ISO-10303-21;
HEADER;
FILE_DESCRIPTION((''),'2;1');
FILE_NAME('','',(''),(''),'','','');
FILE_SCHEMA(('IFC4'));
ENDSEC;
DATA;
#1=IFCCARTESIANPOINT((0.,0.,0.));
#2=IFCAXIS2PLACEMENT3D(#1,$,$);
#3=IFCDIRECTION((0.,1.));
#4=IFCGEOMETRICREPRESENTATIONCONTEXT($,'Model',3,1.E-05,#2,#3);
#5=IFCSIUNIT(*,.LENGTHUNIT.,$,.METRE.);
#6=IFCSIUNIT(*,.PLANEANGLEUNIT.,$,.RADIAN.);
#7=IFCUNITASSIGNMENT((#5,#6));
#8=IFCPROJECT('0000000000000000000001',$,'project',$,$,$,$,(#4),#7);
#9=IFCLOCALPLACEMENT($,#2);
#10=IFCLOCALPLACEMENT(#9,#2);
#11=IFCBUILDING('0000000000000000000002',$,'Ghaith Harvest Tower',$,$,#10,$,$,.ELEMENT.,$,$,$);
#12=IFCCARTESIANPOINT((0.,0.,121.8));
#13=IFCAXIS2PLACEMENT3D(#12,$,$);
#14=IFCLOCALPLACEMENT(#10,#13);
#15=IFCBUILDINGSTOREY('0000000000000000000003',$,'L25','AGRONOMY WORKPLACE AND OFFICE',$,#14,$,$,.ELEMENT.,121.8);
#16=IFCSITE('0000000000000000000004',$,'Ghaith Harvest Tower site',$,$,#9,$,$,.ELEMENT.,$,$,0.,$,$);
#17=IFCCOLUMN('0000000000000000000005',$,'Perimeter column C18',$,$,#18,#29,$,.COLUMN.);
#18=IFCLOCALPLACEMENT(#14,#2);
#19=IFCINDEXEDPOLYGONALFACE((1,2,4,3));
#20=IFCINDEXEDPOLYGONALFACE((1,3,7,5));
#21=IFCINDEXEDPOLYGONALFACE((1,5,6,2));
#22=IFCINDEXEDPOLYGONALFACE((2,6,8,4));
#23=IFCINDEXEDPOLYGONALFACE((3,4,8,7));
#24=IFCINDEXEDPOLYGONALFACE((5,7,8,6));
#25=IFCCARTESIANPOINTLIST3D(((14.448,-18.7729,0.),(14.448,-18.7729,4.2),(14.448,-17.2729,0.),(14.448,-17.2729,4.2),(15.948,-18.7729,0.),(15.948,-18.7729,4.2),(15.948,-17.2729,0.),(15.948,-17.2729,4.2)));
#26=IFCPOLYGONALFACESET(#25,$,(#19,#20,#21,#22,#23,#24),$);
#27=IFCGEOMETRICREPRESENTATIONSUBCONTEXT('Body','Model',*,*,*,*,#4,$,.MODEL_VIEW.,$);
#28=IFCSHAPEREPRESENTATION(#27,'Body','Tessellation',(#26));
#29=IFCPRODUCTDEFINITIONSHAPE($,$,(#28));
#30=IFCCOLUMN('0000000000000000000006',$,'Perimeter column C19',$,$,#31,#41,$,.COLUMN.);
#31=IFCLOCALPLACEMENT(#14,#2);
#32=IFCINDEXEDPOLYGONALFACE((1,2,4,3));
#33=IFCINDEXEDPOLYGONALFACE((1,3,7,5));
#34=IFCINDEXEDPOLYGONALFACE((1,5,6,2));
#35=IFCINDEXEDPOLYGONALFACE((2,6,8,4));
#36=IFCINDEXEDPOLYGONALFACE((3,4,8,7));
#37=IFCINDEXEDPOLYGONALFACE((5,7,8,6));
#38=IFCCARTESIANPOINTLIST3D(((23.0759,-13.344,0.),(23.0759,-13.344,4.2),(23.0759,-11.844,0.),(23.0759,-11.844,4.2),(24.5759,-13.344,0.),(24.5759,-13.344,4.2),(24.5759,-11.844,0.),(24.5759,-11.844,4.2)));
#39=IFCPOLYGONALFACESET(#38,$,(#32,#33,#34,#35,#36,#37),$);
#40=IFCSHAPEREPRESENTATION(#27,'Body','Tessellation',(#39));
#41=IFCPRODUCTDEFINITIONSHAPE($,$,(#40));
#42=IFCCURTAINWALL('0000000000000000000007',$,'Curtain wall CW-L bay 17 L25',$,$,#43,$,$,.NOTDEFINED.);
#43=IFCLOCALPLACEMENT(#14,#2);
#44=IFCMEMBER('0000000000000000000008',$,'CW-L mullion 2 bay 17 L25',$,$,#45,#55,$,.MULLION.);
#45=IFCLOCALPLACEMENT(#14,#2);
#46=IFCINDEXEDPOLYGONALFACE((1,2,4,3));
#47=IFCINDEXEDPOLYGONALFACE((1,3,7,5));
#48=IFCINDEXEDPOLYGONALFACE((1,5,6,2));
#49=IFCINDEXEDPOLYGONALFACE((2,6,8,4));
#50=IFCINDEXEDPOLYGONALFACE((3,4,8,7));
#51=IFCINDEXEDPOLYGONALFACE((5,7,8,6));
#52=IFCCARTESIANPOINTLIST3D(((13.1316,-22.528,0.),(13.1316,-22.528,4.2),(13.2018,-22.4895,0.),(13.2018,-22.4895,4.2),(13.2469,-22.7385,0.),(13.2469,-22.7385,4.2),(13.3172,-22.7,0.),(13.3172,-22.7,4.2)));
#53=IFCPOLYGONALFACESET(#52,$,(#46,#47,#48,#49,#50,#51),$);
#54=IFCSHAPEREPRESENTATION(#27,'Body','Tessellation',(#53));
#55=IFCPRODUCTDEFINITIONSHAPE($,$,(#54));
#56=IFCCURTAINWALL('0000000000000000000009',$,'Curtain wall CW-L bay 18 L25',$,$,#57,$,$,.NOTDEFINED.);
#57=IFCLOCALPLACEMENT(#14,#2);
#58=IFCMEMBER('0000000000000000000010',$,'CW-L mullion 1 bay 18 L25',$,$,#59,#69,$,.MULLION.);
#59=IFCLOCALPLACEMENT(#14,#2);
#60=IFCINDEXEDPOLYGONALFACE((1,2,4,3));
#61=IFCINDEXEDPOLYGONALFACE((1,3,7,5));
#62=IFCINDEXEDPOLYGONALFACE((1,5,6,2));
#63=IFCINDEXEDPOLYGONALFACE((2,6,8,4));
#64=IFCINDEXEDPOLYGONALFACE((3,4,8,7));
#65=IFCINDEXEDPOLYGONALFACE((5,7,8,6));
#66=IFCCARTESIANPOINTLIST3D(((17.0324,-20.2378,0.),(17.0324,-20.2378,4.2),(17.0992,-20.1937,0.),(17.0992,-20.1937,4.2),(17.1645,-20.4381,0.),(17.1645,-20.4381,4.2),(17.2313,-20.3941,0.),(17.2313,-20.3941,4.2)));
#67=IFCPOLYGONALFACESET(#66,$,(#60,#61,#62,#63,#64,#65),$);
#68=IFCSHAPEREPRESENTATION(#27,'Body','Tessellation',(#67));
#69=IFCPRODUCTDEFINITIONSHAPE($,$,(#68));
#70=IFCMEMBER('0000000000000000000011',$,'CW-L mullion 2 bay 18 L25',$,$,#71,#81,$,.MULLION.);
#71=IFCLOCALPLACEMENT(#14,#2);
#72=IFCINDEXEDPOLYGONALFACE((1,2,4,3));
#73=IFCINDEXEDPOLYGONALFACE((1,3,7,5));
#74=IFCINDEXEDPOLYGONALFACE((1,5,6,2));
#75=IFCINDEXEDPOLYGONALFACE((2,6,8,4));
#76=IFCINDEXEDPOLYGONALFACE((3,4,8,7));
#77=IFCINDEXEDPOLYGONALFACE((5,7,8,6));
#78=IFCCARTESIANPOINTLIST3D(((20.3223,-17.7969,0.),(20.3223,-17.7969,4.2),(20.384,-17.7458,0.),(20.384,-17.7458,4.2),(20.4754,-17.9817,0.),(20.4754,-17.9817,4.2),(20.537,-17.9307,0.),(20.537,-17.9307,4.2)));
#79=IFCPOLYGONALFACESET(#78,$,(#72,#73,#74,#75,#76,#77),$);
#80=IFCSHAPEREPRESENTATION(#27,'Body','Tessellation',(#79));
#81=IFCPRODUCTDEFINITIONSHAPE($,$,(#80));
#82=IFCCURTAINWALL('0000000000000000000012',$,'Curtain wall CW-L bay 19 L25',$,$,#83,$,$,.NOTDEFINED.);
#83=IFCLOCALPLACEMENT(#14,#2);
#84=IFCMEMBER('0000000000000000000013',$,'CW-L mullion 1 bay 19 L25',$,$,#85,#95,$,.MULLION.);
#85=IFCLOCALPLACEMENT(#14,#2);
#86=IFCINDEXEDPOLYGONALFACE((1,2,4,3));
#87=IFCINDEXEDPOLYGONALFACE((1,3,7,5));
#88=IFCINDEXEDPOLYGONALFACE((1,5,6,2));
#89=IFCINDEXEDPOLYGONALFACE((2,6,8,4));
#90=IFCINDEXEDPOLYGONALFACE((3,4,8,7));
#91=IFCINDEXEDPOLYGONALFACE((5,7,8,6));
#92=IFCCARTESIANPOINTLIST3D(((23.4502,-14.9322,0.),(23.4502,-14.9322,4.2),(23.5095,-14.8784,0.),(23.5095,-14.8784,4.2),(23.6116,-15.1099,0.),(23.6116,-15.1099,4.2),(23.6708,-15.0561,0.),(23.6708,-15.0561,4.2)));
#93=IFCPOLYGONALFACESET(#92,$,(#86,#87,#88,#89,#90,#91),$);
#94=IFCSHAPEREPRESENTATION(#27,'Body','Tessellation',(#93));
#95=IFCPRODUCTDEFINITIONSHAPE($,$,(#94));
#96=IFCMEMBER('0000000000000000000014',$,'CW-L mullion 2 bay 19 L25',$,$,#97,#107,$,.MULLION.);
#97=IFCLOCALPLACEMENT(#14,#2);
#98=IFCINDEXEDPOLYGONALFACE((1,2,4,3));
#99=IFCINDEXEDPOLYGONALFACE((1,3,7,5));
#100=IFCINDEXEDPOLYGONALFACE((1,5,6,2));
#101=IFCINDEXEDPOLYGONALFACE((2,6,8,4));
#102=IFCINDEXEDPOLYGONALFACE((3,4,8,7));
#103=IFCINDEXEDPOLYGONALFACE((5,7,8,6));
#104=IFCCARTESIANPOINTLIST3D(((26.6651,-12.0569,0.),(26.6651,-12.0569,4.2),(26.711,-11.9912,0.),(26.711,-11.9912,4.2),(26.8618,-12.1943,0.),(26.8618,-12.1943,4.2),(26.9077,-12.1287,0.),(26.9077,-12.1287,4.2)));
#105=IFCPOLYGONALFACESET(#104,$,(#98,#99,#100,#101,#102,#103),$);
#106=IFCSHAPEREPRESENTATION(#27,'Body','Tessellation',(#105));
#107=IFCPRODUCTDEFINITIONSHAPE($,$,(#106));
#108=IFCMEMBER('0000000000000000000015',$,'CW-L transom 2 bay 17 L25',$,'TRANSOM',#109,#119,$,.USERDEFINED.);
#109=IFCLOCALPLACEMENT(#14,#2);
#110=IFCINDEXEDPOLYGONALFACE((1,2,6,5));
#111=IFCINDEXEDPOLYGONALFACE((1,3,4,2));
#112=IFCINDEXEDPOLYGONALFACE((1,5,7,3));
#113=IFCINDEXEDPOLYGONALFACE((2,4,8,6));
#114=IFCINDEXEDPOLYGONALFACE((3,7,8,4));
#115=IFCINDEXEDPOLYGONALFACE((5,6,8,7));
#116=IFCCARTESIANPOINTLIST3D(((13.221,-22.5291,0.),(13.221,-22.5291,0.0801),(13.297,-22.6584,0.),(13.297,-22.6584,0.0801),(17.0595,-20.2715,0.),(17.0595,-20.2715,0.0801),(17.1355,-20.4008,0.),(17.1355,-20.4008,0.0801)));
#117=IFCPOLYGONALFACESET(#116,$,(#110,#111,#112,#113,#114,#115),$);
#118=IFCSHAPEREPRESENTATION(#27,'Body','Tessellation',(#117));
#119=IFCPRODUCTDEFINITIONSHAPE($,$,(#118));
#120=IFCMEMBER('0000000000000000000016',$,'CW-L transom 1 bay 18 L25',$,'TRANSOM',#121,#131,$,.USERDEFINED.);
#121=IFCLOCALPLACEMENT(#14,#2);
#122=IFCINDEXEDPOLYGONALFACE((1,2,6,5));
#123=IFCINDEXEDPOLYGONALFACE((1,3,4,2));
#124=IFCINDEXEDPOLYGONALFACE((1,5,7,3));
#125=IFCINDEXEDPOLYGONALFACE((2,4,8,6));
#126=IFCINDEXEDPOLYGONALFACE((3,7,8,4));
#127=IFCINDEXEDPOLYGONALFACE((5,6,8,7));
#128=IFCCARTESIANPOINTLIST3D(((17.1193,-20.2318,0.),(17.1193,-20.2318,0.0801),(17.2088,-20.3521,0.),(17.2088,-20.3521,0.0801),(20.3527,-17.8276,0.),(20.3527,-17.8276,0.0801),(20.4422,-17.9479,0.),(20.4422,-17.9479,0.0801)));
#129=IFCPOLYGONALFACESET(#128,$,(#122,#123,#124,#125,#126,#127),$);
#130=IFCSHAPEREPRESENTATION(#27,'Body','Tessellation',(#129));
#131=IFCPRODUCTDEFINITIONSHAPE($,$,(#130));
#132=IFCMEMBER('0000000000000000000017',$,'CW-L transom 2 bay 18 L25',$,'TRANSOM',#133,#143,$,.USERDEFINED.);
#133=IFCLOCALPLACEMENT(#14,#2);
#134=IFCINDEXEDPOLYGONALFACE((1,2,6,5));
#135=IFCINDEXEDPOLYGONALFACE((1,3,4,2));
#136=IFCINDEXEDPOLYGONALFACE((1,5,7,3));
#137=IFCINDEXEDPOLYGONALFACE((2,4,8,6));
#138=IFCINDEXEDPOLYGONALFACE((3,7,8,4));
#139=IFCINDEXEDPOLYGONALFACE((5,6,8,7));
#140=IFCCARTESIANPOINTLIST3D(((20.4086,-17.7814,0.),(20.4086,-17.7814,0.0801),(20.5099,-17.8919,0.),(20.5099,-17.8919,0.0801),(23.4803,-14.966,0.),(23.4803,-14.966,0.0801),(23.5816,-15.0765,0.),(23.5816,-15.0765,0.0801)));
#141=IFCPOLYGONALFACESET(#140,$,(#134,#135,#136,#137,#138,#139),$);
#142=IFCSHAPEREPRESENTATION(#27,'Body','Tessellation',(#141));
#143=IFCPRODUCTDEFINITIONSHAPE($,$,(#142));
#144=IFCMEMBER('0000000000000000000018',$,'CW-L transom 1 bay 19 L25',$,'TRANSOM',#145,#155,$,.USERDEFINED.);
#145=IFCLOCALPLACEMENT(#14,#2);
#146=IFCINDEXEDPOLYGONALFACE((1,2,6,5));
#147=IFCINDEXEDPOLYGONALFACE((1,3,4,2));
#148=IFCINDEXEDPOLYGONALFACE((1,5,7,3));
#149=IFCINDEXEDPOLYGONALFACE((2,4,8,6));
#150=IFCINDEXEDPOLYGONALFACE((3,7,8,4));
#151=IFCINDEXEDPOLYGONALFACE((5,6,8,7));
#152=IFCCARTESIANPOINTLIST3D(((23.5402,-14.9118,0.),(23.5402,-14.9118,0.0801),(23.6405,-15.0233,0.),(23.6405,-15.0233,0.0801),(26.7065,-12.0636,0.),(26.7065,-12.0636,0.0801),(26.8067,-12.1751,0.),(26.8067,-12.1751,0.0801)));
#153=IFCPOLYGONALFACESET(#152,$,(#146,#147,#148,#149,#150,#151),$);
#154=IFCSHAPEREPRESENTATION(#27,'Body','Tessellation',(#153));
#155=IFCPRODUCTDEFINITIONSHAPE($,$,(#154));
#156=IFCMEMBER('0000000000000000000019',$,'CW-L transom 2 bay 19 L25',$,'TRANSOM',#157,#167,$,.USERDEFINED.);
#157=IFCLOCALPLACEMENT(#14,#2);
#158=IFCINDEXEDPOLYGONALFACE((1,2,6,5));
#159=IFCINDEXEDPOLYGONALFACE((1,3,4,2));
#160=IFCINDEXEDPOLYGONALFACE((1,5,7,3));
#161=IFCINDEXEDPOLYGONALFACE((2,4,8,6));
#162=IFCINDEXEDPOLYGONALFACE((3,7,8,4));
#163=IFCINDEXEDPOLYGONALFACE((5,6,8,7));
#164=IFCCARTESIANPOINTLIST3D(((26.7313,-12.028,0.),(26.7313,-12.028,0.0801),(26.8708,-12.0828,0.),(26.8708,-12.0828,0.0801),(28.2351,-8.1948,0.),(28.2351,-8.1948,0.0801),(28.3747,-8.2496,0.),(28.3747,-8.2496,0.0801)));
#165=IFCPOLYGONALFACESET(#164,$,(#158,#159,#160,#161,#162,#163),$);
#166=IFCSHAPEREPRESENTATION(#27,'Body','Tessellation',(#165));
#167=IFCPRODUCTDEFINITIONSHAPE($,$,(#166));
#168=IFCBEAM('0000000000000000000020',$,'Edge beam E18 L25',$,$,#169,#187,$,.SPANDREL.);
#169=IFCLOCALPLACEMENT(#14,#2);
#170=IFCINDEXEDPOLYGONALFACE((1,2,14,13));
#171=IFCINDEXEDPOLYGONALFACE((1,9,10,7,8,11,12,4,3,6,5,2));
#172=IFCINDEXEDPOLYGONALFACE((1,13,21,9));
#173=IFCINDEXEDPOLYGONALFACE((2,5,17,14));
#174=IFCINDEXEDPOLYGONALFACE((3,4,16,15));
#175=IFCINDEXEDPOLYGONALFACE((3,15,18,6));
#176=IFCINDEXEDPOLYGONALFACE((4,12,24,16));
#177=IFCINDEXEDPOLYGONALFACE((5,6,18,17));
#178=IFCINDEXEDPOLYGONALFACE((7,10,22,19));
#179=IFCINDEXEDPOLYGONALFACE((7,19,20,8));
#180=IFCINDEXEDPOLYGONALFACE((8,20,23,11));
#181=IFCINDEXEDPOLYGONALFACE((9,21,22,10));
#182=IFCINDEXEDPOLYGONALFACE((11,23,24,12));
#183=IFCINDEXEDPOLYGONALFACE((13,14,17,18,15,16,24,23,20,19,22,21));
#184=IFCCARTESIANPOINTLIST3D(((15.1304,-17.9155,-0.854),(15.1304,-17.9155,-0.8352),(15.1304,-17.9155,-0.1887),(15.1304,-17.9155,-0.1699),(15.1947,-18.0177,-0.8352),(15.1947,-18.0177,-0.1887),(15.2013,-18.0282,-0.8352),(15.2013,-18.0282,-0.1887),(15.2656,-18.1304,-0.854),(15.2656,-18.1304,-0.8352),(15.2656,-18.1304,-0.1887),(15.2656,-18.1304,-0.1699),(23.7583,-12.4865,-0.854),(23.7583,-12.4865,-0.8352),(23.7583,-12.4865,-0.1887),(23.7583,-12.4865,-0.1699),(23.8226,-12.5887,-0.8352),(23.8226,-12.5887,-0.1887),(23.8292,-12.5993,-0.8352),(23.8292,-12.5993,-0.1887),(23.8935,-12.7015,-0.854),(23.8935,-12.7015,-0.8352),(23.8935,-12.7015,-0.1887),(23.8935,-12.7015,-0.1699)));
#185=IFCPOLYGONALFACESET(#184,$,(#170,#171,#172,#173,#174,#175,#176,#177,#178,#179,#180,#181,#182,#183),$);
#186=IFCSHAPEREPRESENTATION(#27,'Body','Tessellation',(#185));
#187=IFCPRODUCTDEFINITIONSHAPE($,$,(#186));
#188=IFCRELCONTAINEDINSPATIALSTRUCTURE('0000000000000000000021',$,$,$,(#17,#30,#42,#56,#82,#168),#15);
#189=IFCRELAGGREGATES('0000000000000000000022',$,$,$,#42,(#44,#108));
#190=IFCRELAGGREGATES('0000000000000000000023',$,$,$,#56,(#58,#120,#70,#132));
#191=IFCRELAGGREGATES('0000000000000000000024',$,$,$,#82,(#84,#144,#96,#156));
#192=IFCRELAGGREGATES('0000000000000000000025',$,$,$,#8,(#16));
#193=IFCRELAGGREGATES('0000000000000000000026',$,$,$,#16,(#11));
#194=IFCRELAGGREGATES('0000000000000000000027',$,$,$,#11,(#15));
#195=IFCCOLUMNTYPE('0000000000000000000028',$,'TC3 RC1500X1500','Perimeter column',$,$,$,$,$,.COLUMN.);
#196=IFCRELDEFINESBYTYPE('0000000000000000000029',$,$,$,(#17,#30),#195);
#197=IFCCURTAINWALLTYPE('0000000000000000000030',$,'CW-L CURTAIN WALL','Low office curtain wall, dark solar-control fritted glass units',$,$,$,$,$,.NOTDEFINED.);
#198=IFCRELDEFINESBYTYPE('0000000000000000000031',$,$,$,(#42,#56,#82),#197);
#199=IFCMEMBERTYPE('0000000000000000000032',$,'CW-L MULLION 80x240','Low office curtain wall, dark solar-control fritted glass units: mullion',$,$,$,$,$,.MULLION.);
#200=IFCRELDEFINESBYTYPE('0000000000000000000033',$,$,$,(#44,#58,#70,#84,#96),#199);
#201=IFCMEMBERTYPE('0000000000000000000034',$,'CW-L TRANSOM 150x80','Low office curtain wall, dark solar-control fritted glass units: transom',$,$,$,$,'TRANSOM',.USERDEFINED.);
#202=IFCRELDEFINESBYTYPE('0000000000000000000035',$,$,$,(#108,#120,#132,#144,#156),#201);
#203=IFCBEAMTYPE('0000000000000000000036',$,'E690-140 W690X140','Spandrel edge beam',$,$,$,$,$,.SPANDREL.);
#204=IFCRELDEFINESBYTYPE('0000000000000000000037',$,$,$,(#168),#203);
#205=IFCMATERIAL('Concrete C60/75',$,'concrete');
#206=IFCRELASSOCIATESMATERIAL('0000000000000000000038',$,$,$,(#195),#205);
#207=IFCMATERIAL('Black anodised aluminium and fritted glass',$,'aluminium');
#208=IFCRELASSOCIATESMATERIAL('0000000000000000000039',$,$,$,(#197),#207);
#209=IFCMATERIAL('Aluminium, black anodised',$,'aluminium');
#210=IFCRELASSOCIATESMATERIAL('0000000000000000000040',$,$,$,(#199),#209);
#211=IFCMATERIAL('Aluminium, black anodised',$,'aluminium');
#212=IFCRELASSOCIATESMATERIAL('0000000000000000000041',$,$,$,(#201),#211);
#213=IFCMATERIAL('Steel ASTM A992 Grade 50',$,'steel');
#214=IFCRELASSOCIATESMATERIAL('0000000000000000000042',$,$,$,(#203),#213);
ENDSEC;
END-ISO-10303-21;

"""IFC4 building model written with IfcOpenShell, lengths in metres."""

from ifc_helpers import new_model, si_unit, direction, frame, origin, origin_2d, place, context, subcontext, project, spatial, rectangle, i_section, extrude, material, material_profile, profile_set, type_object, element, aggregate, save


model = new_model("IFC4")

# Units and contexts
model_context = context("Model", 3, precision=1e-05, world=origin(), true_north=direction((0.0, 1.0)))
body_context = subcontext(model_context, "Body", "Model", "MODEL_VIEW")
ifc_project = project(units=[si_unit("LENGTHUNIT", "METRE"), si_unit("PLANEANGLEUNIT", "RADIAN")], contexts=[model_context])

# Site, building, storey
site_placement = place(None, origin())
site = spatial("IfcSite", under=ifc_project, at=site_placement, Name="Ghaith Harvest Tower site", CompositionType="ELEMENT", RefElevation=0.0)
building_placement = place(site_placement, origin())
building = spatial("IfcBuilding", under=site, at=building_placement, Name="Ghaith Harvest Tower", CompositionType="ELEMENT")
storey_placement = place(building_placement, frame((0.0, 0.0, 121.8)))
storey = spatial("IfcBuildingStorey", under=building, at=storey_placement, Name="L25", Description="AGRONOMY WORKPLACE AND OFFICE", CompositionType="ELEMENT", Elevation=121.8)

# Columns
ifc_material_1 = material(Name="Concrete C60/75", Category="concrete")
ifc_material_profile_1 = material_profile(ifc_material_1, rectangle(XDim=1.5, YDim=1.5, at=origin_2d()), Name="RC1500X1500")
ifc_profile_set_1 = profile_set([ifc_material_profile_1], Name="Concrete C60/75")
column_type = type_object("IfcColumnType", Name="TC3 RC1500X1500", Description="Perimeter column", PredefinedType="COLUMN", material=ifc_profile_set_1)
for number, where, z_axis, x_axis, name in (
    (1, (15.198, -18.0229, 0.0), (0.0, 0.0, 1.0), (1.0, 0.0, 0.0), "Perimeter column C18"),
    (2, (23.8259, -12.594, 0.0), (0.0, 0.0, 1.0), (1.0, 0.0, 0.0), "Perimeter column C19"),
):
    element("IfcColumn", number, at=place(storey_placement, frame(where, z_axis=z_axis, x_axis=x_axis)), inside=storey, type_object=column_type, Name=name, PredefinedType="COLUMN", context=body_context, shape_type="SweptSolid", body=[
        extrude(rectangle(XDim=1.5, YDim=1.5, at=origin_2d()), origin(), (0.0, 0.0, 1.0), 4.2),
    ])

# Curtain wall, member
ifc_material_2 = material(Name="Black anodised aluminium and fritted glass", Category="aluminium")
curtain_wall_type = type_object("IfcCurtainWallType", Name="CW-L CURTAIN WALL", Description="Low office curtain wall, dark solar-control fritted glass units", PredefinedType="NOTDEFINED", material=ifc_material_2)
curtain_wall_1_placement = place(storey_placement, origin())
curtain_wall_1 = element("IfcCurtainWall", 3, at=curtain_wall_1_placement, inside=storey, type_object=curtain_wall_type, Name="Curtain wall CW-L bay 17 L25", PredefinedType="NOTDEFINED")
ifc_material_3 = material(Name="Aluminium, black anodised", Category="aluminium")
ifc_material_profile_2 = material_profile(ifc_material_3, rectangle(XDim=0.0801, YDim=0.24, at=origin_2d()), Name="CW-L MULLION 80x240")
ifc_profile_set_2 = profile_set([ifc_material_profile_2], Name="Aluminium, black anodised")
member_type_1 = type_object("IfcMemberType", Name="CW-L MULLION 80x240", Description="Low office curtain wall, dark solar-control fritted glass units: mullion", PredefinedType="MULLION", material=ifc_profile_set_2)
member_1_placement = place(storey_placement, frame((13.2244, -22.614, 0.0), z_axis=(0.0, 0.0, 1.0), x_axis=(0.876899, 0.480675, 0.0)))
member_1 = element("IfcMember", 4, at=member_1_placement, type_object=member_type_1, Name="CW-L mullion 2 bay 17 L25", PredefinedType="MULLION", context=body_context, shape_type="SweptSolid", body=[
    extrude(rectangle(XDim=0.0801, YDim=0.24, at=origin_2d()), origin(), (0.0, 0.0, 1.0), 4.2),
])

# Curtain walls, members
curtain_wall_2_placement = place(storey_placement, origin())
curtain_wall_2 = element("IfcCurtainWall", 5, at=curtain_wall_2_placement, inside=storey, type_object=curtain_wall_type, Name="Curtain wall CW-L bay 18 L25", PredefinedType="NOTDEFINED")
member_2_placement = place(storey_placement, frame((17.1318, -20.3159, 0.0), z_axis=(0.0, 0.0, 1.0), x_axis=(0.834887, 0.550421, 0.0)))
member_2 = element("IfcMember", 6, at=member_2_placement, type_object=member_type_1, Name="CW-L mullion 1 bay 18 L25", PredefinedType="MULLION", context=body_context, shape_type="SweptSolid", body=[
    extrude(rectangle(XDim=0.0801, YDim=0.24, at=origin_2d()), origin(), (0.0, 0.0, 1.0), 4.2),
])
member_3_placement = place(storey_placement, frame((20.4297, -17.8638, 0.0), z_axis=(0.0, 0.0, 1.0), x_axis=(0.770306, 0.637674, 0.0)))
member_3 = element("IfcMember", 7, at=member_3_placement, type_object=member_type_1, Name="CW-L mullion 2 bay 18 L25", PredefinedType="MULLION", context=body_context, shape_type="SweptSolid", body=[
    extrude(rectangle(XDim=0.0801, YDim=0.24, at=origin_2d()), origin(), (0.0, 0.0, 1.0), 4.2),
])
curtain_wall_3_placement = place(storey_placement, origin())
curtain_wall_3 = element("IfcCurtainWall", 8, at=curtain_wall_3_placement, inside=storey, type_object=curtain_wall_type, Name="Curtain wall CW-L bay 19 L25", PredefinedType="NOTDEFINED")
member_4_placement = place(storey_placement, frame((23.5605, -14.9941, 0.0), z_axis=(0.0, 0.0, 1.0), x_axis=(0.740389, 0.672179, 0.0)))
member_4 = element("IfcMember", 9, at=member_4_placement, type_object=member_type_1, Name="CW-L mullion 1 bay 19 L25", PredefinedType="MULLION", context=body_context, shape_type="SweptSolid", body=[
    extrude(rectangle(XDim=0.0801, YDim=0.24, at=origin_2d()), origin(), (0.0, 0.0, 1.0), 4.2),
])
member_5_placement = place(storey_placement, frame((26.7864, -12.0928, 0.0), z_axis=(0.0, 0.0, 1.0), x_axis=(0.572853, 0.819658, 0.0)))
member_5 = element("IfcMember", 10, at=member_5_placement, type_object=member_type_1, Name="CW-L mullion 2 bay 19 L25", PredefinedType="MULLION", context=body_context, shape_type="SweptSolid", body=[
    extrude(rectangle(XDim=0.0801, YDim=0.24, at=origin_2d()), origin(), (0.0, 0.0, 1.0), 4.2),
])

# Members
ifc_material_4 = material(Name="Aluminium, black anodised", Category="aluminium")
ifc_material_profile_3 = material_profile(ifc_material_4, rectangle(XDim=0.1499, YDim=0.0801, at=origin_2d()), Name="CW-L TRANSOM 150x80")
ifc_profile_set_3 = profile_set([ifc_material_profile_3], Name="Aluminium, black anodised")
member_type_2 = type_object("IfcMemberType", Name="CW-L TRANSOM 150x80", Description="Low office curtain wall, dark solar-control fritted glass units: transom", ElementType="TRANSOM", PredefinedType="USERDEFINED", material=ifc_profile_set_3)
member_6_placement = place(storey_placement, frame((13.259, -22.5938, 0.04), z_axis=(0.861964, 0.50697, 0.0), x_axis=(-0.50697, 0.861964, 0.0)))
member_6 = element("IfcMember", 11, at=member_6_placement, type_object=member_type_2, Name="CW-L transom 2 bay 17 L25", ObjectType="TRANSOM", PredefinedType="USERDEFINED", context=body_context, shape_type="SweptSolid", body=[
    extrude(rectangle(XDim=0.1499, YDim=0.0801, at=origin_2d()), origin(), (0.0, 0.0, 1.0), 4.4531),
])
member_7_placement = place(storey_placement, frame((17.1641, -20.292, 0.04), z_axis=(0.802465, 0.596699, 0.0), x_axis=(-0.596699, 0.802465, 0.0)))
member_7 = element("IfcMember", 12, at=member_7_placement, type_object=member_type_2, Name="CW-L transom 1 bay 18 L25", ObjectType="TRANSOM", PredefinedType="USERDEFINED", context=body_context, shape_type="SweptSolid", body=[
    extrude(rectangle(XDim=0.1499, YDim=0.0801, at=origin_2d()), origin(), (0.0, 0.0, 1.0), 4.0293),
])
member_8_placement = place(storey_placement, frame((20.4592, -17.8367, 0.04), z_axis=(0.737198, 0.675677, 0.0), x_axis=(-0.675677, 0.737198, 0.0)))
member_8 = element("IfcMember", 13, at=member_8_placement, type_object=member_type_2, Name="CW-L transom 2 bay 18 L25", ObjectType="TRANSOM", PredefinedType="USERDEFINED", context=body_context, shape_type="SweptSolid", body=[
    extrude(rectangle(XDim=0.1499, YDim=0.0801, at=origin_2d()), origin(), (0.0, 0.0, 1.0), 4.1667),
])
member_9_placement = place(storey_placement, frame((23.5903, -14.9675, 0.04), z_axis=(0.743468, 0.668772, 0.0), x_axis=(-0.668772, 0.743468, 0.0)))
member_9 = element("IfcMember", 14, at=member_9_placement, type_object=member_type_2, Name="CW-L transom 1 bay 19 L25", ObjectType="TRANSOM", PredefinedType="USERDEFINED", context=body_context, shape_type="SweptSolid", body=[
    extrude(rectangle(XDim=0.1499, YDim=0.0801, at=origin_2d()), origin(), (0.0, 0.0, 1.0), 4.2588),
])
member_10_placement = place(storey_placement, frame((26.801, -12.0554, 0.04), z_axis=(0.365229, 0.930918, 0.0), x_axis=(-0.930918, 0.365229, 0.0)))
member_10 = element("IfcMember", 15, at=member_10_placement, type_object=member_type_2, Name="CW-L transom 2 bay 19 L25", ObjectType="TRANSOM", PredefinedType="USERDEFINED", context=body_context, shape_type="SweptSolid", body=[
    extrude(rectangle(XDim=0.1499, YDim=0.0801, at=origin_2d()), origin(), (0.0, 0.0, 1.0), 4.1177),
])

# Beam
ifc_material_5 = material(Name="Steel ASTM A992 Grade 50", Category="steel")
ifc_material_profile_4 = material_profile(ifc_material_5, i_section(OverallWidth=0.2539, OverallDepth=0.6841, WebThickness=0.0125, FlangeThickness=0.0188, at=origin_2d()), Name="W690X140")
ifc_profile_set_4 = profile_set([ifc_material_profile_4], Name="Steel ASTM A992 Grade 50")
beam_type = type_object("IfcBeamType", Name="E690-140 W690X140", Description="Spandrel edge beam", PredefinedType="SPANDREL", material=ifc_profile_set_4)
beam_1_placement = place(storey_placement, frame((15.198, -18.0229, -0.512), z_axis=(0.846385, 0.532571, 0.0), x_axis=(-0.532571, 0.846385, 0.0)))
element("IfcBeam", 16, at=beam_1_placement, inside=storey, type_object=beam_type, Name="Edge beam E18 L25", PredefinedType="SPANDREL", context=body_context, shape_type="SweptSolid", body=[
    extrude(i_section(OverallWidth=0.2539, OverallDepth=0.6841, WebThickness=0.0125, FlangeThickness=0.0188, at=origin_2d()), origin(), (0.0, 0.0, 1.0), 10.1938),
])

aggregate(curtain_wall_1, [member_1, member_6])
aggregate(curtain_wall_2, [member_2, member_7, member_3, member_8])
aggregate(curtain_wall_3, [member_4, member_9, member_5, member_10])

save(model, "model.ifc")
